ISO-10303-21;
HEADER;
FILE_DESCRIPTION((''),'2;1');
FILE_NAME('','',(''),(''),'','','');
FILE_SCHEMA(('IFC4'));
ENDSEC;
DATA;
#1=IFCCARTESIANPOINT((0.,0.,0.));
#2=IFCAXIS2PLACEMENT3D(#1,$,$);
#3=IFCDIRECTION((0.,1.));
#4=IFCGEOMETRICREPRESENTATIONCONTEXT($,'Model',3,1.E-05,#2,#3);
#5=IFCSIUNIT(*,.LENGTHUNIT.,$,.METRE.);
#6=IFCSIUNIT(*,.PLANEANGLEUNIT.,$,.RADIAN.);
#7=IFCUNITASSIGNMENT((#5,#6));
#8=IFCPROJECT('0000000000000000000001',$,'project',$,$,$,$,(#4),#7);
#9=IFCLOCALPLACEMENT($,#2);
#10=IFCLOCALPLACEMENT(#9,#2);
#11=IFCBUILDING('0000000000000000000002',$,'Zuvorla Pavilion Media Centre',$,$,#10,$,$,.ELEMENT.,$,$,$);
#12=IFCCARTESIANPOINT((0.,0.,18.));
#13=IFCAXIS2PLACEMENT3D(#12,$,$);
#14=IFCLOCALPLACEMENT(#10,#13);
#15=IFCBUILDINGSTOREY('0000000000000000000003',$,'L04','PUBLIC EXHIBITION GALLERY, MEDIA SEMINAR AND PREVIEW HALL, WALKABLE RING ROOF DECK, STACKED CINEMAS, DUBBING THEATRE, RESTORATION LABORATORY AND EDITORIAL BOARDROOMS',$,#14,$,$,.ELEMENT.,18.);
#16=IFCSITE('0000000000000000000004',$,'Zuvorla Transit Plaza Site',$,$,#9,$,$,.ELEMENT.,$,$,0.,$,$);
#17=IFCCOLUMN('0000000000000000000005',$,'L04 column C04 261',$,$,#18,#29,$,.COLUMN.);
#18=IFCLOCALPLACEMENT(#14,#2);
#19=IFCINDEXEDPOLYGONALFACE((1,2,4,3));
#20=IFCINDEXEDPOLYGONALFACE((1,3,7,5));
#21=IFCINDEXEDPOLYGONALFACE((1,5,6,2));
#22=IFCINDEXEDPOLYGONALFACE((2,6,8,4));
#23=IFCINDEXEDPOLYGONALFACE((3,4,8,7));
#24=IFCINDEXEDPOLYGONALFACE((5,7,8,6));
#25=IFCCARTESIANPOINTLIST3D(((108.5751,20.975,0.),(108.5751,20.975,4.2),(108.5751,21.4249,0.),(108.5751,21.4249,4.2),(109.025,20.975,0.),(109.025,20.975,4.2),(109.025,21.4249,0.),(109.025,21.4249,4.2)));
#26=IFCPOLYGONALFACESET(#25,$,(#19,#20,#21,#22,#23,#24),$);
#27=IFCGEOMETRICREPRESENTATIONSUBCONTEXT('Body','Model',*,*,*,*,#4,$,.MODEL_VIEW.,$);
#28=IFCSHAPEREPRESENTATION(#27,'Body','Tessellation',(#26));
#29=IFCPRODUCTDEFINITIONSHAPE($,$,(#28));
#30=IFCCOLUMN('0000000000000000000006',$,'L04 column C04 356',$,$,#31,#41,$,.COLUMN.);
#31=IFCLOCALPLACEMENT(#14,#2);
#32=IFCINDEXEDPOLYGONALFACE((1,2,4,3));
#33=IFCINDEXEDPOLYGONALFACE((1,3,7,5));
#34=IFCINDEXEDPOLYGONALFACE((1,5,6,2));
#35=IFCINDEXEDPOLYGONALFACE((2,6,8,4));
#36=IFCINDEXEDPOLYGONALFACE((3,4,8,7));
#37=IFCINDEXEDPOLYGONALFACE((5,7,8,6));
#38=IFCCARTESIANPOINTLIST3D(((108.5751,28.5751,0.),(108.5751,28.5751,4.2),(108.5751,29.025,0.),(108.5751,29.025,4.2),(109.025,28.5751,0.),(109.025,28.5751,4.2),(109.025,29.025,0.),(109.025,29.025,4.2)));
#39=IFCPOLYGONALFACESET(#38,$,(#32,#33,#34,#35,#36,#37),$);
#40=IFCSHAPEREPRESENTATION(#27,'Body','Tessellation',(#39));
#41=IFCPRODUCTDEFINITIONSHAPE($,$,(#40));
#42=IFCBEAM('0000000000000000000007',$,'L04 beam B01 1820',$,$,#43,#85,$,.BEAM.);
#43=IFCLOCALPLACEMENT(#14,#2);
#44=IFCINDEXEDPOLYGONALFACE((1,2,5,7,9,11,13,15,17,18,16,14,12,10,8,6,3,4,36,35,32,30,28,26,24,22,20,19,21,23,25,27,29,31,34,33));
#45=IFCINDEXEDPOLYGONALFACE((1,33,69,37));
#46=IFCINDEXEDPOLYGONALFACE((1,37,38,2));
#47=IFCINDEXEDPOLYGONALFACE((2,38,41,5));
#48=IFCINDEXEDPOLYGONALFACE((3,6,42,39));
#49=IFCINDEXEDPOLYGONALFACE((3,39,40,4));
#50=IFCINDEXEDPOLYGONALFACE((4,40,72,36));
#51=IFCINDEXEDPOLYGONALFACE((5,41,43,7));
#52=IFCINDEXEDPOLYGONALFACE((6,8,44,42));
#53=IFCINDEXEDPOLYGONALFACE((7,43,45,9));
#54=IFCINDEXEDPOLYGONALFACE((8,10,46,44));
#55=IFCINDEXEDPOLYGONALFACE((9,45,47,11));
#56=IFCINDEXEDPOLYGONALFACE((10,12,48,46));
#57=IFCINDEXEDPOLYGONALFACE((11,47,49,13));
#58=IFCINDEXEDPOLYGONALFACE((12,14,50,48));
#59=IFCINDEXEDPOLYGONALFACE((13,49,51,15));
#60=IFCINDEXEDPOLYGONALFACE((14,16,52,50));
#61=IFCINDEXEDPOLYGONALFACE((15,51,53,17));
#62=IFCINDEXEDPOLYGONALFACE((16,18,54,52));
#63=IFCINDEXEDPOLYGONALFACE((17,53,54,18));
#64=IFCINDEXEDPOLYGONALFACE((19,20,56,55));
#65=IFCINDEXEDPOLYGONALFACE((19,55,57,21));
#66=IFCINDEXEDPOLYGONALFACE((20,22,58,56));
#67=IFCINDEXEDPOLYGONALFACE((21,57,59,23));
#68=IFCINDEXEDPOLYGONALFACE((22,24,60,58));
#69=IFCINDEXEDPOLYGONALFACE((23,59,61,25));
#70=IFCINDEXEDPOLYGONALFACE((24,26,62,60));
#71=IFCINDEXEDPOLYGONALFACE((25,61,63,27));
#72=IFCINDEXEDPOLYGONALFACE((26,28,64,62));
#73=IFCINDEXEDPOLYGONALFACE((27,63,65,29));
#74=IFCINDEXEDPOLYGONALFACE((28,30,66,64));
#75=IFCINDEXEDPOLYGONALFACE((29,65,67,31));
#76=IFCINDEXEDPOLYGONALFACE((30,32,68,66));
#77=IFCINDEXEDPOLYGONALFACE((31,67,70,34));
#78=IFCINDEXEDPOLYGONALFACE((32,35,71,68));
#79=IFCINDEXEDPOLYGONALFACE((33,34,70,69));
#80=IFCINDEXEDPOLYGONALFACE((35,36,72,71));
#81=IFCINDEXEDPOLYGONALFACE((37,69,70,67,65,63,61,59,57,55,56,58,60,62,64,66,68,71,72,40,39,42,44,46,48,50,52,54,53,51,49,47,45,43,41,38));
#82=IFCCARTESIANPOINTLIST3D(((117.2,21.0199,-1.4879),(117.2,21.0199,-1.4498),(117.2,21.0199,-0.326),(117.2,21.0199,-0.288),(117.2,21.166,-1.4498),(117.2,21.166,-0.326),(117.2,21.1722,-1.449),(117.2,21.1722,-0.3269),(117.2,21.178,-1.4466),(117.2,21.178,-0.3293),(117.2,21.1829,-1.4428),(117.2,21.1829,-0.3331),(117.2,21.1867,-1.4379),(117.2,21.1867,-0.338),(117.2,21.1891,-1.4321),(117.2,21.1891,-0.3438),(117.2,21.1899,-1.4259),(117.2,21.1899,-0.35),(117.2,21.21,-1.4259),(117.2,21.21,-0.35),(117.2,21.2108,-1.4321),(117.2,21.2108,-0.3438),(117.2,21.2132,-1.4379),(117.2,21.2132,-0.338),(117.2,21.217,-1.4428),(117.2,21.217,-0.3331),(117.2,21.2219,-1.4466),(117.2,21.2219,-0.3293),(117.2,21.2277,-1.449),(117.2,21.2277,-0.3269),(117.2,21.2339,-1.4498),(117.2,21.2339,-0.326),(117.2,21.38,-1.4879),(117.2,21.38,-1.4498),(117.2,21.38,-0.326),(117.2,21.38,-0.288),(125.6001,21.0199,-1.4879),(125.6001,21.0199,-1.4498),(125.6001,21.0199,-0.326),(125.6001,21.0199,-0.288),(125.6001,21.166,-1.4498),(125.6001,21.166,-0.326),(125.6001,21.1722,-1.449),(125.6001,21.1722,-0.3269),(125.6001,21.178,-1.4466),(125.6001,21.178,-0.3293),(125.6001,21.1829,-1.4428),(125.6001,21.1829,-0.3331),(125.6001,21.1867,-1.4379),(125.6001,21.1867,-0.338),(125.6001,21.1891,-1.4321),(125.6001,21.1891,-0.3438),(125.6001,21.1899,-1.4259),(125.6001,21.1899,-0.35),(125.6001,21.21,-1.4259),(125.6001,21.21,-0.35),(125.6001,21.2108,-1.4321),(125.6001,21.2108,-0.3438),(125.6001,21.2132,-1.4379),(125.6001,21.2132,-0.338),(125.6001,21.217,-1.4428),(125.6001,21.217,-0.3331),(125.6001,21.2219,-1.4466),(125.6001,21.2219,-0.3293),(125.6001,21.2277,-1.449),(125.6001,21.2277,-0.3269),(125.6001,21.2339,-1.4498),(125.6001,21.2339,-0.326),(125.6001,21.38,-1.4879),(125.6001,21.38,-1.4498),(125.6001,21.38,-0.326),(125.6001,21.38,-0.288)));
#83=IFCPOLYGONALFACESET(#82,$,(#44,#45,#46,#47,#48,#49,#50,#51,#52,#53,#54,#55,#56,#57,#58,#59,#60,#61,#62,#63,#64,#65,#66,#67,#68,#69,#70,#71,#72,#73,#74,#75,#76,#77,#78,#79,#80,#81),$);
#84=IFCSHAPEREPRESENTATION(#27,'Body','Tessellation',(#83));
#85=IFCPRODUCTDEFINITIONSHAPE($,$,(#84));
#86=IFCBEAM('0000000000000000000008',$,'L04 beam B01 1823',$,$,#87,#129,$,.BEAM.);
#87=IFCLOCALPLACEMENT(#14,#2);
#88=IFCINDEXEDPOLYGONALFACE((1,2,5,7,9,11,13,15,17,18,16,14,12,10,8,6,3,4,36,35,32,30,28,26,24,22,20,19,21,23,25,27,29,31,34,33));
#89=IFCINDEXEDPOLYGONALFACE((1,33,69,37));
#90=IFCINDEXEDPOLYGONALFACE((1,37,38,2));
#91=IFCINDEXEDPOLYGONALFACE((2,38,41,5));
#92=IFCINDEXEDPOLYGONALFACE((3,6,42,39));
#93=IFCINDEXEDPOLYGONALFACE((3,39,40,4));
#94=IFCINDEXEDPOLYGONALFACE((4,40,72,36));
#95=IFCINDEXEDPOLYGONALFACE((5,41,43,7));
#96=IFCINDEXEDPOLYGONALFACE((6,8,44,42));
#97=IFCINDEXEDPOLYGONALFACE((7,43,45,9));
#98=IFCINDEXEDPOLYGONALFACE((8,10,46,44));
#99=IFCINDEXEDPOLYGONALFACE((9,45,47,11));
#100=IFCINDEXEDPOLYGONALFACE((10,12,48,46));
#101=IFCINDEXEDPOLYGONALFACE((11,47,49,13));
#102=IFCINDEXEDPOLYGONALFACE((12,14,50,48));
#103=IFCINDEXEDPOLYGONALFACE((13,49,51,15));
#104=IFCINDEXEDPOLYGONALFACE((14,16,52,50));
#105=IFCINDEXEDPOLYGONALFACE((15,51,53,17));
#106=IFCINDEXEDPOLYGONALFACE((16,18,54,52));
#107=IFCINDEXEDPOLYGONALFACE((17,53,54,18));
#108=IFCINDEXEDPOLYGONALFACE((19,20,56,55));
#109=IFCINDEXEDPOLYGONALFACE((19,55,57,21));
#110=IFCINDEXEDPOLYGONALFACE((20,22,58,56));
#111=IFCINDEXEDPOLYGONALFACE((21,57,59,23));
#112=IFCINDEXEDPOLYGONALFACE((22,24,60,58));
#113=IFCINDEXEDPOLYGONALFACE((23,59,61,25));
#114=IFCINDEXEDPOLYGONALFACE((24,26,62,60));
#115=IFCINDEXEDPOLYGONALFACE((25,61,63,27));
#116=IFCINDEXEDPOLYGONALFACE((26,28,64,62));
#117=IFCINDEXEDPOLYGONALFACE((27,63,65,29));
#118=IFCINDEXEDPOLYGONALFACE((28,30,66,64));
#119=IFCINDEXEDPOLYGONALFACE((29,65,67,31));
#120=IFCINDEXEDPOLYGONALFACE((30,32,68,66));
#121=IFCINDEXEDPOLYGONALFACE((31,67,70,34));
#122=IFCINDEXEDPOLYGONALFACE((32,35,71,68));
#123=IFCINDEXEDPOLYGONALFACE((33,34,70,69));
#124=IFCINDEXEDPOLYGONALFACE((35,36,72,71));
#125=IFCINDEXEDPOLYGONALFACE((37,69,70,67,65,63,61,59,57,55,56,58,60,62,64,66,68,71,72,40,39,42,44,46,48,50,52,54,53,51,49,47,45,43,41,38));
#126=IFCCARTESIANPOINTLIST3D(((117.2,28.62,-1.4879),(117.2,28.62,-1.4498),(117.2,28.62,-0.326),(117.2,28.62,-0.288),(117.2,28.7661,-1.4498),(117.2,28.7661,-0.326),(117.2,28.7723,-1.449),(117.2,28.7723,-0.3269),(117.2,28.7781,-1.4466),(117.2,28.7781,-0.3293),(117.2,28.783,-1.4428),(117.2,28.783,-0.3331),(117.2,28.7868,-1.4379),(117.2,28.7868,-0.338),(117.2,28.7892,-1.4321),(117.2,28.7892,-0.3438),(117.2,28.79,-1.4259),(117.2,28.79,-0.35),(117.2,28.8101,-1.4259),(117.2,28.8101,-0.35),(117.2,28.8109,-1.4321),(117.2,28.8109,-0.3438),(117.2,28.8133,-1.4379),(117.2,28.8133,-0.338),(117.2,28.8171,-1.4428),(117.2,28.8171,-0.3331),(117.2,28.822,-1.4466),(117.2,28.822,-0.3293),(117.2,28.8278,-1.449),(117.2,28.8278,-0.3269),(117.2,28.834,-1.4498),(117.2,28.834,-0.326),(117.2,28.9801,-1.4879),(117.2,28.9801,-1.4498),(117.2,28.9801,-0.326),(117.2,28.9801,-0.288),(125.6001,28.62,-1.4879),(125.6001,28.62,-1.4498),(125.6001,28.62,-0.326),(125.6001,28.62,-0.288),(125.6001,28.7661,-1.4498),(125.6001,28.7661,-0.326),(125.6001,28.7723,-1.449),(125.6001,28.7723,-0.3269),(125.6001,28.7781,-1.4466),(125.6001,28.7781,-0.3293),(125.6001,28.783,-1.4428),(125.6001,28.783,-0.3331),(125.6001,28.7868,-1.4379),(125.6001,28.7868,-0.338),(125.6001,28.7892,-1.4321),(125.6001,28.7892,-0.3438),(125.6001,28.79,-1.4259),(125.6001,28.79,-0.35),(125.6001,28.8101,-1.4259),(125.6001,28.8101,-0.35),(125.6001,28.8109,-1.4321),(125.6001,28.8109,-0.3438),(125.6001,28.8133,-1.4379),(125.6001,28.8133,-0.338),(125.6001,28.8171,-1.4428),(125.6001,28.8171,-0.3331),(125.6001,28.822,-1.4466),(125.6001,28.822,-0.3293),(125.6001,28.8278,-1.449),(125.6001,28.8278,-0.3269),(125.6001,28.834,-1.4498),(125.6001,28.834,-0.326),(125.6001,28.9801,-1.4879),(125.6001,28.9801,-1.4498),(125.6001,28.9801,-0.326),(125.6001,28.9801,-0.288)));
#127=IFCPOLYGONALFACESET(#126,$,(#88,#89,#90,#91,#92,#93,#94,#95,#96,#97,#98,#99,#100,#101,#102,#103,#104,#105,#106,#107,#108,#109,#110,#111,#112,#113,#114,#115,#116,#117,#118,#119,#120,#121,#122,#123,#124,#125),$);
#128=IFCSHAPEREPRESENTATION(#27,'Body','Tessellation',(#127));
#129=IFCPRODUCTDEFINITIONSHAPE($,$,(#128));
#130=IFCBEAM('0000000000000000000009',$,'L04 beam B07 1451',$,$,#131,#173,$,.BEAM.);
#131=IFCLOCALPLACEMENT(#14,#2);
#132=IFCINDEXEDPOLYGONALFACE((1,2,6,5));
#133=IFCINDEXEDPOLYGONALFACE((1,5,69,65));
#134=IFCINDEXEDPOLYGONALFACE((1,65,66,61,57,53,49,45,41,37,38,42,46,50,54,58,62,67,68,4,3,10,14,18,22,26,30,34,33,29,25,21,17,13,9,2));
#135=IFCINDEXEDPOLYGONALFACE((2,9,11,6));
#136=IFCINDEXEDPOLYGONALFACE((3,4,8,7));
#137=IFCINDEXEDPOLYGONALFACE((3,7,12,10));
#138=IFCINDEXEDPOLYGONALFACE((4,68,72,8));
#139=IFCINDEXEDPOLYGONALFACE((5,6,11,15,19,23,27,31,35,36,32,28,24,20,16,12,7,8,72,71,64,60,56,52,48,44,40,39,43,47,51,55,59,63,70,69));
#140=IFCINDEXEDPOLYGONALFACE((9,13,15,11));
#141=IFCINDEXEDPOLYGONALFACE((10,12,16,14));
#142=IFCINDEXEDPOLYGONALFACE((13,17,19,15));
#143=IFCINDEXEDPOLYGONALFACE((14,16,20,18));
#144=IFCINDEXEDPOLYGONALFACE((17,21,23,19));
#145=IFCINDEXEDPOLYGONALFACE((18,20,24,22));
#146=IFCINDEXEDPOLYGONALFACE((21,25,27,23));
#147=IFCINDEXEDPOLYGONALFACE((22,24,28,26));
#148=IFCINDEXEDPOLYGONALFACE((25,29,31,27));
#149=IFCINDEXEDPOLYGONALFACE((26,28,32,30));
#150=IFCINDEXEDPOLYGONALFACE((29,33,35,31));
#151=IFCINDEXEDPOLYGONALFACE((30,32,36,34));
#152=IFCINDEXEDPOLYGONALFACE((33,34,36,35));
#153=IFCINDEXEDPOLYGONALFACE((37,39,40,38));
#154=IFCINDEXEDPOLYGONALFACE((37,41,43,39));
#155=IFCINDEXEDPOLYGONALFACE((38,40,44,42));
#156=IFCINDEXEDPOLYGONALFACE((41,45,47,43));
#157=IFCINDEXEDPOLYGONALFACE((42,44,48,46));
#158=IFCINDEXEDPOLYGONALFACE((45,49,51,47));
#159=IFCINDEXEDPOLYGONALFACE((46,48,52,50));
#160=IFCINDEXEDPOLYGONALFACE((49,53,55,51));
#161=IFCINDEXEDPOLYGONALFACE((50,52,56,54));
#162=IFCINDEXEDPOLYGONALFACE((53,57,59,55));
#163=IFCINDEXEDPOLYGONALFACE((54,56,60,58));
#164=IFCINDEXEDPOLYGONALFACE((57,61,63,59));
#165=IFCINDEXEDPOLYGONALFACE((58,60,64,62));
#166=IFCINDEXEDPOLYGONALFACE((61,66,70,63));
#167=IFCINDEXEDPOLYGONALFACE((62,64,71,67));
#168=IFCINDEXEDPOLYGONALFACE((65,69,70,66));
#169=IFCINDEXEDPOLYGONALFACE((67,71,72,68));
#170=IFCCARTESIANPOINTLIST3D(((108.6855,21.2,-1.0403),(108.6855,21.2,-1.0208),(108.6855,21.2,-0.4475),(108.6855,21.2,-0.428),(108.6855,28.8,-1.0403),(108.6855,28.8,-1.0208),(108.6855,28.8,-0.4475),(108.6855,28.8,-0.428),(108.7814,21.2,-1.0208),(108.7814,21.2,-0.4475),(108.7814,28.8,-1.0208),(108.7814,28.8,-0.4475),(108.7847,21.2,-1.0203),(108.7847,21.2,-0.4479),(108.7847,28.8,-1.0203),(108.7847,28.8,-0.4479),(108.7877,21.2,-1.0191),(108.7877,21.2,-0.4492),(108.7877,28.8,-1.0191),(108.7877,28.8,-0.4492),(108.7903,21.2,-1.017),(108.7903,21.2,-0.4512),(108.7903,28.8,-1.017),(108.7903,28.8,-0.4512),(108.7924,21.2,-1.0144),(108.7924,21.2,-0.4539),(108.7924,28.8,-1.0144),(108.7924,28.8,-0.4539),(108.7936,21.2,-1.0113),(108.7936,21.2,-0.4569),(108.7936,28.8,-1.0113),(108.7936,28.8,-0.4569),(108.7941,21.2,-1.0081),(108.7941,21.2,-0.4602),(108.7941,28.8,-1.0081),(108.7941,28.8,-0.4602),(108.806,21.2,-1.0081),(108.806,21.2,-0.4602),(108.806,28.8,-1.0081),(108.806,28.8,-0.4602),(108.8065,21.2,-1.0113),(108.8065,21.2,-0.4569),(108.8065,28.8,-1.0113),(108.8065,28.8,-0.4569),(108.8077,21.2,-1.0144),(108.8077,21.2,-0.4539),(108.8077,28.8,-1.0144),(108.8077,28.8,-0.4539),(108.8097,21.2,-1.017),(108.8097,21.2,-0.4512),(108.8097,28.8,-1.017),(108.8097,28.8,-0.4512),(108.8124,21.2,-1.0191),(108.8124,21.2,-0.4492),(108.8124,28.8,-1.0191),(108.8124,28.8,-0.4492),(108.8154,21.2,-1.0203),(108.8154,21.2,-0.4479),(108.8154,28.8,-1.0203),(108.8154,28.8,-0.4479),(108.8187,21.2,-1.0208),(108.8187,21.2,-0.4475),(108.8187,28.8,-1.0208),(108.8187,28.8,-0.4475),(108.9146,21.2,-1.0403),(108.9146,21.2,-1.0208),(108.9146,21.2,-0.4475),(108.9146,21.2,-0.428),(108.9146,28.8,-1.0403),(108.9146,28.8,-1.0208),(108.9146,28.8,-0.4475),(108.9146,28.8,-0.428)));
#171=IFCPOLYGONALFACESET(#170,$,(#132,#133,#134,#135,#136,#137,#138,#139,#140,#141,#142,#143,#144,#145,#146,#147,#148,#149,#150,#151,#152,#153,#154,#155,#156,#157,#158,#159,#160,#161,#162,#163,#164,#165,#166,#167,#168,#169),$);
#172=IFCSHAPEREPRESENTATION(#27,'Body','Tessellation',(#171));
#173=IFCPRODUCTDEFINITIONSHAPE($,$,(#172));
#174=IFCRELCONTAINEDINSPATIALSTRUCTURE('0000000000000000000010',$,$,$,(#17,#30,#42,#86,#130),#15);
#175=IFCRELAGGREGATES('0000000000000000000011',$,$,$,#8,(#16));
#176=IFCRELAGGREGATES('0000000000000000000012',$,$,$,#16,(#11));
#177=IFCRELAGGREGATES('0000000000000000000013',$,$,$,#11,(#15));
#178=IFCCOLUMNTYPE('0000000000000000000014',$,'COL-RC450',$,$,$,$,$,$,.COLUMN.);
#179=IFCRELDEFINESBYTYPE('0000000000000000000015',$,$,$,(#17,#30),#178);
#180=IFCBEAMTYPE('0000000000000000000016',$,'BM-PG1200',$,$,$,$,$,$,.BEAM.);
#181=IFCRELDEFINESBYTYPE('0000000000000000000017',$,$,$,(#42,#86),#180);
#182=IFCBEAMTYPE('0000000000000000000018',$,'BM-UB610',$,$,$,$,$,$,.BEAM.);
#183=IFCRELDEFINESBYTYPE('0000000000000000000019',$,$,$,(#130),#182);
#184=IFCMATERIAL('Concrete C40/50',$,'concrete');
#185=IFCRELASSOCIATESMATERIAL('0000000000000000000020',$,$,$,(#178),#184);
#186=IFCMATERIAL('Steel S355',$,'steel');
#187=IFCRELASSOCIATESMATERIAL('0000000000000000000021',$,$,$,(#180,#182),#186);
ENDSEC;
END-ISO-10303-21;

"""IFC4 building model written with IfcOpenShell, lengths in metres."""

from ifc_helpers import new_model, si_unit, direction, frame, origin, origin_2d, place, context, subcontext, project, spatial, rectangle, i_section, extrude, material, material_profile, profile_set, type_object, element, save


model = new_model("IFC4")

# Units and contexts
model_context = context("Model", 3, precision=1e-05, world=origin(), true_north=direction((0.0, 1.0)))
body_context = subcontext(model_context, "Body", "Model", "MODEL_VIEW")
ifc_project = project(units=[si_unit("LENGTHUNIT", "METRE"), si_unit("PLANEANGLEUNIT", "RADIAN")], contexts=[model_context])

# Site, building, storey
site_placement = place(None, origin())
site = spatial("IfcSite", under=ifc_project, at=site_placement, Name="Zuvorla Transit Plaza Site", CompositionType="ELEMENT", RefElevation=0.0)
building_placement = place(site_placement, origin())
building = spatial("IfcBuilding", under=site, at=building_placement, Name="Zuvorla Pavilion Media Centre", CompositionType="ELEMENT")
storey_placement = place(building_placement, frame((0.0, 0.0, 18.0)))
storey = spatial("IfcBuildingStorey", under=building, at=storey_placement, Name="L04", Description="PUBLIC EXHIBITION GALLERY, MEDIA SEMINAR AND PREVIEW HALL, WALKABLE RING ROOF DECK, STACKED CINEMAS, DUBBING THEATRE, RESTORATION LABORATORY AND EDITORIAL BOARDROOMS", CompositionType="ELEMENT", Elevation=18.0)

# Columns
ifc_material_1 = material(Name="Concrete C40/50", Category="concrete")
ifc_material_profile_1 = material_profile(ifc_material_1, rectangle(XDim=0.45, YDim=0.45, at=origin_2d()), Name="RC 450x450")
ifc_profile_set_1 = profile_set([ifc_material_profile_1], Name="Concrete C40/50")
column_type = type_object("IfcColumnType", Name="COL-RC450", PredefinedType="COLUMN", material=ifc_profile_set_1)
for number, where, z_axis, x_axis, name in (
    (1, (108.8, 21.2, 0.0), (0.0, 0.0, 1.0), (1.0, 0.0, 0.0), "L04 column C04 261"),
    (2, (108.8, 28.8, 0.0), (0.0, 0.0, 1.0), (1.0, 0.0, 0.0), "L04 column C04 356"),
):
    element("IfcColumn", number, at=place(storey_placement, frame(where, z_axis=z_axis, x_axis=x_axis)), inside=storey, type_object=column_type, Name=name, PredefinedType="COLUMN", context=body_context, shape_type="SweptSolid", body=[
        extrude(rectangle(XDim=0.45, YDim=0.45, at=origin_2d()), origin(), (0.0, 0.0, 1.0), 4.2),
    ])

# Beams
ifc_material_2 = material(Name="Steel S355", Category="steel")
ifc_material_profile_2 = material_profile(ifc_material_2, i_section(OverallWidth=0.3601, OverallDepth=1.2, WebThickness=0.02, FlangeThickness=0.0381, FilletRadius=0.0239, at=origin_2d()), Name="PG 1200x360x38")
ifc_profile_set_2 = profile_set([ifc_material_profile_2], Name="Steel S355")
beam_type_1 = type_object("IfcBeamType", Name="BM-PG1200", PredefinedType="BEAM", material=ifc_profile_set_2)
for number, where, z_axis, x_axis, name in (
    (3, (117.2, 21.2, -0.8879), (1.0, 0.0, 0.0), (0.0, 1.0, 0.0), "L04 beam B01 1820"),
    (4, (117.2, 28.8, -0.8879), (1.0, 0.0, 0.0), (0.0, 1.0, 0.0), "L04 beam B01 1823"),
):
    element("IfcBeam", number, at=place(storey_placement, frame(where, z_axis=z_axis, x_axis=x_axis)), inside=storey, type_object=beam_type_1, Name=name, PredefinedType="BEAM", context=body_context, shape_type="SweptSolid", body=[
        extrude(i_section(OverallWidth=0.3601, OverallDepth=1.2, WebThickness=0.02, FlangeThickness=0.0381, FilletRadius=0.0239, at=origin_2d()), origin(), (0.0, 0.0, 1.0), 8.4001),
    ])
ifc_material_profile_3 = material_profile(ifc_material_2, i_section(OverallWidth=0.229, OverallDepth=0.6123, WebThickness=0.012, FlangeThickness=0.0195, FilletRadius=0.0127, at=origin_2d()), Name="UB 610x229x125")
ifc_profile_set_3 = profile_set([ifc_material_profile_3], Name="Steel S355")
beam_type_2 = type_object("IfcBeamType", Name="BM-UB610", PredefinedType="BEAM", material=ifc_profile_set_3)
beam_1_placement = place(storey_placement, frame((108.8, 21.2, -0.7341), z_axis=(0.0, 1.0, 0.0), x_axis=(-1.0, 0.0, 0.0)))
element("IfcBeam", 5, at=beam_1_placement, inside=storey, type_object=beam_type_2, Name="L04 beam B07 1451", PredefinedType="BEAM", context=body_context, shape_type="SweptSolid", body=[
    extrude(i_section(OverallWidth=0.229, OverallDepth=0.6123, WebThickness=0.012, FlangeThickness=0.0195, FilletRadius=0.0127, at=origin_2d()), origin(), (0.0, 0.0, 1.0), 7.6001),
])

save(model, "model.ifc")
